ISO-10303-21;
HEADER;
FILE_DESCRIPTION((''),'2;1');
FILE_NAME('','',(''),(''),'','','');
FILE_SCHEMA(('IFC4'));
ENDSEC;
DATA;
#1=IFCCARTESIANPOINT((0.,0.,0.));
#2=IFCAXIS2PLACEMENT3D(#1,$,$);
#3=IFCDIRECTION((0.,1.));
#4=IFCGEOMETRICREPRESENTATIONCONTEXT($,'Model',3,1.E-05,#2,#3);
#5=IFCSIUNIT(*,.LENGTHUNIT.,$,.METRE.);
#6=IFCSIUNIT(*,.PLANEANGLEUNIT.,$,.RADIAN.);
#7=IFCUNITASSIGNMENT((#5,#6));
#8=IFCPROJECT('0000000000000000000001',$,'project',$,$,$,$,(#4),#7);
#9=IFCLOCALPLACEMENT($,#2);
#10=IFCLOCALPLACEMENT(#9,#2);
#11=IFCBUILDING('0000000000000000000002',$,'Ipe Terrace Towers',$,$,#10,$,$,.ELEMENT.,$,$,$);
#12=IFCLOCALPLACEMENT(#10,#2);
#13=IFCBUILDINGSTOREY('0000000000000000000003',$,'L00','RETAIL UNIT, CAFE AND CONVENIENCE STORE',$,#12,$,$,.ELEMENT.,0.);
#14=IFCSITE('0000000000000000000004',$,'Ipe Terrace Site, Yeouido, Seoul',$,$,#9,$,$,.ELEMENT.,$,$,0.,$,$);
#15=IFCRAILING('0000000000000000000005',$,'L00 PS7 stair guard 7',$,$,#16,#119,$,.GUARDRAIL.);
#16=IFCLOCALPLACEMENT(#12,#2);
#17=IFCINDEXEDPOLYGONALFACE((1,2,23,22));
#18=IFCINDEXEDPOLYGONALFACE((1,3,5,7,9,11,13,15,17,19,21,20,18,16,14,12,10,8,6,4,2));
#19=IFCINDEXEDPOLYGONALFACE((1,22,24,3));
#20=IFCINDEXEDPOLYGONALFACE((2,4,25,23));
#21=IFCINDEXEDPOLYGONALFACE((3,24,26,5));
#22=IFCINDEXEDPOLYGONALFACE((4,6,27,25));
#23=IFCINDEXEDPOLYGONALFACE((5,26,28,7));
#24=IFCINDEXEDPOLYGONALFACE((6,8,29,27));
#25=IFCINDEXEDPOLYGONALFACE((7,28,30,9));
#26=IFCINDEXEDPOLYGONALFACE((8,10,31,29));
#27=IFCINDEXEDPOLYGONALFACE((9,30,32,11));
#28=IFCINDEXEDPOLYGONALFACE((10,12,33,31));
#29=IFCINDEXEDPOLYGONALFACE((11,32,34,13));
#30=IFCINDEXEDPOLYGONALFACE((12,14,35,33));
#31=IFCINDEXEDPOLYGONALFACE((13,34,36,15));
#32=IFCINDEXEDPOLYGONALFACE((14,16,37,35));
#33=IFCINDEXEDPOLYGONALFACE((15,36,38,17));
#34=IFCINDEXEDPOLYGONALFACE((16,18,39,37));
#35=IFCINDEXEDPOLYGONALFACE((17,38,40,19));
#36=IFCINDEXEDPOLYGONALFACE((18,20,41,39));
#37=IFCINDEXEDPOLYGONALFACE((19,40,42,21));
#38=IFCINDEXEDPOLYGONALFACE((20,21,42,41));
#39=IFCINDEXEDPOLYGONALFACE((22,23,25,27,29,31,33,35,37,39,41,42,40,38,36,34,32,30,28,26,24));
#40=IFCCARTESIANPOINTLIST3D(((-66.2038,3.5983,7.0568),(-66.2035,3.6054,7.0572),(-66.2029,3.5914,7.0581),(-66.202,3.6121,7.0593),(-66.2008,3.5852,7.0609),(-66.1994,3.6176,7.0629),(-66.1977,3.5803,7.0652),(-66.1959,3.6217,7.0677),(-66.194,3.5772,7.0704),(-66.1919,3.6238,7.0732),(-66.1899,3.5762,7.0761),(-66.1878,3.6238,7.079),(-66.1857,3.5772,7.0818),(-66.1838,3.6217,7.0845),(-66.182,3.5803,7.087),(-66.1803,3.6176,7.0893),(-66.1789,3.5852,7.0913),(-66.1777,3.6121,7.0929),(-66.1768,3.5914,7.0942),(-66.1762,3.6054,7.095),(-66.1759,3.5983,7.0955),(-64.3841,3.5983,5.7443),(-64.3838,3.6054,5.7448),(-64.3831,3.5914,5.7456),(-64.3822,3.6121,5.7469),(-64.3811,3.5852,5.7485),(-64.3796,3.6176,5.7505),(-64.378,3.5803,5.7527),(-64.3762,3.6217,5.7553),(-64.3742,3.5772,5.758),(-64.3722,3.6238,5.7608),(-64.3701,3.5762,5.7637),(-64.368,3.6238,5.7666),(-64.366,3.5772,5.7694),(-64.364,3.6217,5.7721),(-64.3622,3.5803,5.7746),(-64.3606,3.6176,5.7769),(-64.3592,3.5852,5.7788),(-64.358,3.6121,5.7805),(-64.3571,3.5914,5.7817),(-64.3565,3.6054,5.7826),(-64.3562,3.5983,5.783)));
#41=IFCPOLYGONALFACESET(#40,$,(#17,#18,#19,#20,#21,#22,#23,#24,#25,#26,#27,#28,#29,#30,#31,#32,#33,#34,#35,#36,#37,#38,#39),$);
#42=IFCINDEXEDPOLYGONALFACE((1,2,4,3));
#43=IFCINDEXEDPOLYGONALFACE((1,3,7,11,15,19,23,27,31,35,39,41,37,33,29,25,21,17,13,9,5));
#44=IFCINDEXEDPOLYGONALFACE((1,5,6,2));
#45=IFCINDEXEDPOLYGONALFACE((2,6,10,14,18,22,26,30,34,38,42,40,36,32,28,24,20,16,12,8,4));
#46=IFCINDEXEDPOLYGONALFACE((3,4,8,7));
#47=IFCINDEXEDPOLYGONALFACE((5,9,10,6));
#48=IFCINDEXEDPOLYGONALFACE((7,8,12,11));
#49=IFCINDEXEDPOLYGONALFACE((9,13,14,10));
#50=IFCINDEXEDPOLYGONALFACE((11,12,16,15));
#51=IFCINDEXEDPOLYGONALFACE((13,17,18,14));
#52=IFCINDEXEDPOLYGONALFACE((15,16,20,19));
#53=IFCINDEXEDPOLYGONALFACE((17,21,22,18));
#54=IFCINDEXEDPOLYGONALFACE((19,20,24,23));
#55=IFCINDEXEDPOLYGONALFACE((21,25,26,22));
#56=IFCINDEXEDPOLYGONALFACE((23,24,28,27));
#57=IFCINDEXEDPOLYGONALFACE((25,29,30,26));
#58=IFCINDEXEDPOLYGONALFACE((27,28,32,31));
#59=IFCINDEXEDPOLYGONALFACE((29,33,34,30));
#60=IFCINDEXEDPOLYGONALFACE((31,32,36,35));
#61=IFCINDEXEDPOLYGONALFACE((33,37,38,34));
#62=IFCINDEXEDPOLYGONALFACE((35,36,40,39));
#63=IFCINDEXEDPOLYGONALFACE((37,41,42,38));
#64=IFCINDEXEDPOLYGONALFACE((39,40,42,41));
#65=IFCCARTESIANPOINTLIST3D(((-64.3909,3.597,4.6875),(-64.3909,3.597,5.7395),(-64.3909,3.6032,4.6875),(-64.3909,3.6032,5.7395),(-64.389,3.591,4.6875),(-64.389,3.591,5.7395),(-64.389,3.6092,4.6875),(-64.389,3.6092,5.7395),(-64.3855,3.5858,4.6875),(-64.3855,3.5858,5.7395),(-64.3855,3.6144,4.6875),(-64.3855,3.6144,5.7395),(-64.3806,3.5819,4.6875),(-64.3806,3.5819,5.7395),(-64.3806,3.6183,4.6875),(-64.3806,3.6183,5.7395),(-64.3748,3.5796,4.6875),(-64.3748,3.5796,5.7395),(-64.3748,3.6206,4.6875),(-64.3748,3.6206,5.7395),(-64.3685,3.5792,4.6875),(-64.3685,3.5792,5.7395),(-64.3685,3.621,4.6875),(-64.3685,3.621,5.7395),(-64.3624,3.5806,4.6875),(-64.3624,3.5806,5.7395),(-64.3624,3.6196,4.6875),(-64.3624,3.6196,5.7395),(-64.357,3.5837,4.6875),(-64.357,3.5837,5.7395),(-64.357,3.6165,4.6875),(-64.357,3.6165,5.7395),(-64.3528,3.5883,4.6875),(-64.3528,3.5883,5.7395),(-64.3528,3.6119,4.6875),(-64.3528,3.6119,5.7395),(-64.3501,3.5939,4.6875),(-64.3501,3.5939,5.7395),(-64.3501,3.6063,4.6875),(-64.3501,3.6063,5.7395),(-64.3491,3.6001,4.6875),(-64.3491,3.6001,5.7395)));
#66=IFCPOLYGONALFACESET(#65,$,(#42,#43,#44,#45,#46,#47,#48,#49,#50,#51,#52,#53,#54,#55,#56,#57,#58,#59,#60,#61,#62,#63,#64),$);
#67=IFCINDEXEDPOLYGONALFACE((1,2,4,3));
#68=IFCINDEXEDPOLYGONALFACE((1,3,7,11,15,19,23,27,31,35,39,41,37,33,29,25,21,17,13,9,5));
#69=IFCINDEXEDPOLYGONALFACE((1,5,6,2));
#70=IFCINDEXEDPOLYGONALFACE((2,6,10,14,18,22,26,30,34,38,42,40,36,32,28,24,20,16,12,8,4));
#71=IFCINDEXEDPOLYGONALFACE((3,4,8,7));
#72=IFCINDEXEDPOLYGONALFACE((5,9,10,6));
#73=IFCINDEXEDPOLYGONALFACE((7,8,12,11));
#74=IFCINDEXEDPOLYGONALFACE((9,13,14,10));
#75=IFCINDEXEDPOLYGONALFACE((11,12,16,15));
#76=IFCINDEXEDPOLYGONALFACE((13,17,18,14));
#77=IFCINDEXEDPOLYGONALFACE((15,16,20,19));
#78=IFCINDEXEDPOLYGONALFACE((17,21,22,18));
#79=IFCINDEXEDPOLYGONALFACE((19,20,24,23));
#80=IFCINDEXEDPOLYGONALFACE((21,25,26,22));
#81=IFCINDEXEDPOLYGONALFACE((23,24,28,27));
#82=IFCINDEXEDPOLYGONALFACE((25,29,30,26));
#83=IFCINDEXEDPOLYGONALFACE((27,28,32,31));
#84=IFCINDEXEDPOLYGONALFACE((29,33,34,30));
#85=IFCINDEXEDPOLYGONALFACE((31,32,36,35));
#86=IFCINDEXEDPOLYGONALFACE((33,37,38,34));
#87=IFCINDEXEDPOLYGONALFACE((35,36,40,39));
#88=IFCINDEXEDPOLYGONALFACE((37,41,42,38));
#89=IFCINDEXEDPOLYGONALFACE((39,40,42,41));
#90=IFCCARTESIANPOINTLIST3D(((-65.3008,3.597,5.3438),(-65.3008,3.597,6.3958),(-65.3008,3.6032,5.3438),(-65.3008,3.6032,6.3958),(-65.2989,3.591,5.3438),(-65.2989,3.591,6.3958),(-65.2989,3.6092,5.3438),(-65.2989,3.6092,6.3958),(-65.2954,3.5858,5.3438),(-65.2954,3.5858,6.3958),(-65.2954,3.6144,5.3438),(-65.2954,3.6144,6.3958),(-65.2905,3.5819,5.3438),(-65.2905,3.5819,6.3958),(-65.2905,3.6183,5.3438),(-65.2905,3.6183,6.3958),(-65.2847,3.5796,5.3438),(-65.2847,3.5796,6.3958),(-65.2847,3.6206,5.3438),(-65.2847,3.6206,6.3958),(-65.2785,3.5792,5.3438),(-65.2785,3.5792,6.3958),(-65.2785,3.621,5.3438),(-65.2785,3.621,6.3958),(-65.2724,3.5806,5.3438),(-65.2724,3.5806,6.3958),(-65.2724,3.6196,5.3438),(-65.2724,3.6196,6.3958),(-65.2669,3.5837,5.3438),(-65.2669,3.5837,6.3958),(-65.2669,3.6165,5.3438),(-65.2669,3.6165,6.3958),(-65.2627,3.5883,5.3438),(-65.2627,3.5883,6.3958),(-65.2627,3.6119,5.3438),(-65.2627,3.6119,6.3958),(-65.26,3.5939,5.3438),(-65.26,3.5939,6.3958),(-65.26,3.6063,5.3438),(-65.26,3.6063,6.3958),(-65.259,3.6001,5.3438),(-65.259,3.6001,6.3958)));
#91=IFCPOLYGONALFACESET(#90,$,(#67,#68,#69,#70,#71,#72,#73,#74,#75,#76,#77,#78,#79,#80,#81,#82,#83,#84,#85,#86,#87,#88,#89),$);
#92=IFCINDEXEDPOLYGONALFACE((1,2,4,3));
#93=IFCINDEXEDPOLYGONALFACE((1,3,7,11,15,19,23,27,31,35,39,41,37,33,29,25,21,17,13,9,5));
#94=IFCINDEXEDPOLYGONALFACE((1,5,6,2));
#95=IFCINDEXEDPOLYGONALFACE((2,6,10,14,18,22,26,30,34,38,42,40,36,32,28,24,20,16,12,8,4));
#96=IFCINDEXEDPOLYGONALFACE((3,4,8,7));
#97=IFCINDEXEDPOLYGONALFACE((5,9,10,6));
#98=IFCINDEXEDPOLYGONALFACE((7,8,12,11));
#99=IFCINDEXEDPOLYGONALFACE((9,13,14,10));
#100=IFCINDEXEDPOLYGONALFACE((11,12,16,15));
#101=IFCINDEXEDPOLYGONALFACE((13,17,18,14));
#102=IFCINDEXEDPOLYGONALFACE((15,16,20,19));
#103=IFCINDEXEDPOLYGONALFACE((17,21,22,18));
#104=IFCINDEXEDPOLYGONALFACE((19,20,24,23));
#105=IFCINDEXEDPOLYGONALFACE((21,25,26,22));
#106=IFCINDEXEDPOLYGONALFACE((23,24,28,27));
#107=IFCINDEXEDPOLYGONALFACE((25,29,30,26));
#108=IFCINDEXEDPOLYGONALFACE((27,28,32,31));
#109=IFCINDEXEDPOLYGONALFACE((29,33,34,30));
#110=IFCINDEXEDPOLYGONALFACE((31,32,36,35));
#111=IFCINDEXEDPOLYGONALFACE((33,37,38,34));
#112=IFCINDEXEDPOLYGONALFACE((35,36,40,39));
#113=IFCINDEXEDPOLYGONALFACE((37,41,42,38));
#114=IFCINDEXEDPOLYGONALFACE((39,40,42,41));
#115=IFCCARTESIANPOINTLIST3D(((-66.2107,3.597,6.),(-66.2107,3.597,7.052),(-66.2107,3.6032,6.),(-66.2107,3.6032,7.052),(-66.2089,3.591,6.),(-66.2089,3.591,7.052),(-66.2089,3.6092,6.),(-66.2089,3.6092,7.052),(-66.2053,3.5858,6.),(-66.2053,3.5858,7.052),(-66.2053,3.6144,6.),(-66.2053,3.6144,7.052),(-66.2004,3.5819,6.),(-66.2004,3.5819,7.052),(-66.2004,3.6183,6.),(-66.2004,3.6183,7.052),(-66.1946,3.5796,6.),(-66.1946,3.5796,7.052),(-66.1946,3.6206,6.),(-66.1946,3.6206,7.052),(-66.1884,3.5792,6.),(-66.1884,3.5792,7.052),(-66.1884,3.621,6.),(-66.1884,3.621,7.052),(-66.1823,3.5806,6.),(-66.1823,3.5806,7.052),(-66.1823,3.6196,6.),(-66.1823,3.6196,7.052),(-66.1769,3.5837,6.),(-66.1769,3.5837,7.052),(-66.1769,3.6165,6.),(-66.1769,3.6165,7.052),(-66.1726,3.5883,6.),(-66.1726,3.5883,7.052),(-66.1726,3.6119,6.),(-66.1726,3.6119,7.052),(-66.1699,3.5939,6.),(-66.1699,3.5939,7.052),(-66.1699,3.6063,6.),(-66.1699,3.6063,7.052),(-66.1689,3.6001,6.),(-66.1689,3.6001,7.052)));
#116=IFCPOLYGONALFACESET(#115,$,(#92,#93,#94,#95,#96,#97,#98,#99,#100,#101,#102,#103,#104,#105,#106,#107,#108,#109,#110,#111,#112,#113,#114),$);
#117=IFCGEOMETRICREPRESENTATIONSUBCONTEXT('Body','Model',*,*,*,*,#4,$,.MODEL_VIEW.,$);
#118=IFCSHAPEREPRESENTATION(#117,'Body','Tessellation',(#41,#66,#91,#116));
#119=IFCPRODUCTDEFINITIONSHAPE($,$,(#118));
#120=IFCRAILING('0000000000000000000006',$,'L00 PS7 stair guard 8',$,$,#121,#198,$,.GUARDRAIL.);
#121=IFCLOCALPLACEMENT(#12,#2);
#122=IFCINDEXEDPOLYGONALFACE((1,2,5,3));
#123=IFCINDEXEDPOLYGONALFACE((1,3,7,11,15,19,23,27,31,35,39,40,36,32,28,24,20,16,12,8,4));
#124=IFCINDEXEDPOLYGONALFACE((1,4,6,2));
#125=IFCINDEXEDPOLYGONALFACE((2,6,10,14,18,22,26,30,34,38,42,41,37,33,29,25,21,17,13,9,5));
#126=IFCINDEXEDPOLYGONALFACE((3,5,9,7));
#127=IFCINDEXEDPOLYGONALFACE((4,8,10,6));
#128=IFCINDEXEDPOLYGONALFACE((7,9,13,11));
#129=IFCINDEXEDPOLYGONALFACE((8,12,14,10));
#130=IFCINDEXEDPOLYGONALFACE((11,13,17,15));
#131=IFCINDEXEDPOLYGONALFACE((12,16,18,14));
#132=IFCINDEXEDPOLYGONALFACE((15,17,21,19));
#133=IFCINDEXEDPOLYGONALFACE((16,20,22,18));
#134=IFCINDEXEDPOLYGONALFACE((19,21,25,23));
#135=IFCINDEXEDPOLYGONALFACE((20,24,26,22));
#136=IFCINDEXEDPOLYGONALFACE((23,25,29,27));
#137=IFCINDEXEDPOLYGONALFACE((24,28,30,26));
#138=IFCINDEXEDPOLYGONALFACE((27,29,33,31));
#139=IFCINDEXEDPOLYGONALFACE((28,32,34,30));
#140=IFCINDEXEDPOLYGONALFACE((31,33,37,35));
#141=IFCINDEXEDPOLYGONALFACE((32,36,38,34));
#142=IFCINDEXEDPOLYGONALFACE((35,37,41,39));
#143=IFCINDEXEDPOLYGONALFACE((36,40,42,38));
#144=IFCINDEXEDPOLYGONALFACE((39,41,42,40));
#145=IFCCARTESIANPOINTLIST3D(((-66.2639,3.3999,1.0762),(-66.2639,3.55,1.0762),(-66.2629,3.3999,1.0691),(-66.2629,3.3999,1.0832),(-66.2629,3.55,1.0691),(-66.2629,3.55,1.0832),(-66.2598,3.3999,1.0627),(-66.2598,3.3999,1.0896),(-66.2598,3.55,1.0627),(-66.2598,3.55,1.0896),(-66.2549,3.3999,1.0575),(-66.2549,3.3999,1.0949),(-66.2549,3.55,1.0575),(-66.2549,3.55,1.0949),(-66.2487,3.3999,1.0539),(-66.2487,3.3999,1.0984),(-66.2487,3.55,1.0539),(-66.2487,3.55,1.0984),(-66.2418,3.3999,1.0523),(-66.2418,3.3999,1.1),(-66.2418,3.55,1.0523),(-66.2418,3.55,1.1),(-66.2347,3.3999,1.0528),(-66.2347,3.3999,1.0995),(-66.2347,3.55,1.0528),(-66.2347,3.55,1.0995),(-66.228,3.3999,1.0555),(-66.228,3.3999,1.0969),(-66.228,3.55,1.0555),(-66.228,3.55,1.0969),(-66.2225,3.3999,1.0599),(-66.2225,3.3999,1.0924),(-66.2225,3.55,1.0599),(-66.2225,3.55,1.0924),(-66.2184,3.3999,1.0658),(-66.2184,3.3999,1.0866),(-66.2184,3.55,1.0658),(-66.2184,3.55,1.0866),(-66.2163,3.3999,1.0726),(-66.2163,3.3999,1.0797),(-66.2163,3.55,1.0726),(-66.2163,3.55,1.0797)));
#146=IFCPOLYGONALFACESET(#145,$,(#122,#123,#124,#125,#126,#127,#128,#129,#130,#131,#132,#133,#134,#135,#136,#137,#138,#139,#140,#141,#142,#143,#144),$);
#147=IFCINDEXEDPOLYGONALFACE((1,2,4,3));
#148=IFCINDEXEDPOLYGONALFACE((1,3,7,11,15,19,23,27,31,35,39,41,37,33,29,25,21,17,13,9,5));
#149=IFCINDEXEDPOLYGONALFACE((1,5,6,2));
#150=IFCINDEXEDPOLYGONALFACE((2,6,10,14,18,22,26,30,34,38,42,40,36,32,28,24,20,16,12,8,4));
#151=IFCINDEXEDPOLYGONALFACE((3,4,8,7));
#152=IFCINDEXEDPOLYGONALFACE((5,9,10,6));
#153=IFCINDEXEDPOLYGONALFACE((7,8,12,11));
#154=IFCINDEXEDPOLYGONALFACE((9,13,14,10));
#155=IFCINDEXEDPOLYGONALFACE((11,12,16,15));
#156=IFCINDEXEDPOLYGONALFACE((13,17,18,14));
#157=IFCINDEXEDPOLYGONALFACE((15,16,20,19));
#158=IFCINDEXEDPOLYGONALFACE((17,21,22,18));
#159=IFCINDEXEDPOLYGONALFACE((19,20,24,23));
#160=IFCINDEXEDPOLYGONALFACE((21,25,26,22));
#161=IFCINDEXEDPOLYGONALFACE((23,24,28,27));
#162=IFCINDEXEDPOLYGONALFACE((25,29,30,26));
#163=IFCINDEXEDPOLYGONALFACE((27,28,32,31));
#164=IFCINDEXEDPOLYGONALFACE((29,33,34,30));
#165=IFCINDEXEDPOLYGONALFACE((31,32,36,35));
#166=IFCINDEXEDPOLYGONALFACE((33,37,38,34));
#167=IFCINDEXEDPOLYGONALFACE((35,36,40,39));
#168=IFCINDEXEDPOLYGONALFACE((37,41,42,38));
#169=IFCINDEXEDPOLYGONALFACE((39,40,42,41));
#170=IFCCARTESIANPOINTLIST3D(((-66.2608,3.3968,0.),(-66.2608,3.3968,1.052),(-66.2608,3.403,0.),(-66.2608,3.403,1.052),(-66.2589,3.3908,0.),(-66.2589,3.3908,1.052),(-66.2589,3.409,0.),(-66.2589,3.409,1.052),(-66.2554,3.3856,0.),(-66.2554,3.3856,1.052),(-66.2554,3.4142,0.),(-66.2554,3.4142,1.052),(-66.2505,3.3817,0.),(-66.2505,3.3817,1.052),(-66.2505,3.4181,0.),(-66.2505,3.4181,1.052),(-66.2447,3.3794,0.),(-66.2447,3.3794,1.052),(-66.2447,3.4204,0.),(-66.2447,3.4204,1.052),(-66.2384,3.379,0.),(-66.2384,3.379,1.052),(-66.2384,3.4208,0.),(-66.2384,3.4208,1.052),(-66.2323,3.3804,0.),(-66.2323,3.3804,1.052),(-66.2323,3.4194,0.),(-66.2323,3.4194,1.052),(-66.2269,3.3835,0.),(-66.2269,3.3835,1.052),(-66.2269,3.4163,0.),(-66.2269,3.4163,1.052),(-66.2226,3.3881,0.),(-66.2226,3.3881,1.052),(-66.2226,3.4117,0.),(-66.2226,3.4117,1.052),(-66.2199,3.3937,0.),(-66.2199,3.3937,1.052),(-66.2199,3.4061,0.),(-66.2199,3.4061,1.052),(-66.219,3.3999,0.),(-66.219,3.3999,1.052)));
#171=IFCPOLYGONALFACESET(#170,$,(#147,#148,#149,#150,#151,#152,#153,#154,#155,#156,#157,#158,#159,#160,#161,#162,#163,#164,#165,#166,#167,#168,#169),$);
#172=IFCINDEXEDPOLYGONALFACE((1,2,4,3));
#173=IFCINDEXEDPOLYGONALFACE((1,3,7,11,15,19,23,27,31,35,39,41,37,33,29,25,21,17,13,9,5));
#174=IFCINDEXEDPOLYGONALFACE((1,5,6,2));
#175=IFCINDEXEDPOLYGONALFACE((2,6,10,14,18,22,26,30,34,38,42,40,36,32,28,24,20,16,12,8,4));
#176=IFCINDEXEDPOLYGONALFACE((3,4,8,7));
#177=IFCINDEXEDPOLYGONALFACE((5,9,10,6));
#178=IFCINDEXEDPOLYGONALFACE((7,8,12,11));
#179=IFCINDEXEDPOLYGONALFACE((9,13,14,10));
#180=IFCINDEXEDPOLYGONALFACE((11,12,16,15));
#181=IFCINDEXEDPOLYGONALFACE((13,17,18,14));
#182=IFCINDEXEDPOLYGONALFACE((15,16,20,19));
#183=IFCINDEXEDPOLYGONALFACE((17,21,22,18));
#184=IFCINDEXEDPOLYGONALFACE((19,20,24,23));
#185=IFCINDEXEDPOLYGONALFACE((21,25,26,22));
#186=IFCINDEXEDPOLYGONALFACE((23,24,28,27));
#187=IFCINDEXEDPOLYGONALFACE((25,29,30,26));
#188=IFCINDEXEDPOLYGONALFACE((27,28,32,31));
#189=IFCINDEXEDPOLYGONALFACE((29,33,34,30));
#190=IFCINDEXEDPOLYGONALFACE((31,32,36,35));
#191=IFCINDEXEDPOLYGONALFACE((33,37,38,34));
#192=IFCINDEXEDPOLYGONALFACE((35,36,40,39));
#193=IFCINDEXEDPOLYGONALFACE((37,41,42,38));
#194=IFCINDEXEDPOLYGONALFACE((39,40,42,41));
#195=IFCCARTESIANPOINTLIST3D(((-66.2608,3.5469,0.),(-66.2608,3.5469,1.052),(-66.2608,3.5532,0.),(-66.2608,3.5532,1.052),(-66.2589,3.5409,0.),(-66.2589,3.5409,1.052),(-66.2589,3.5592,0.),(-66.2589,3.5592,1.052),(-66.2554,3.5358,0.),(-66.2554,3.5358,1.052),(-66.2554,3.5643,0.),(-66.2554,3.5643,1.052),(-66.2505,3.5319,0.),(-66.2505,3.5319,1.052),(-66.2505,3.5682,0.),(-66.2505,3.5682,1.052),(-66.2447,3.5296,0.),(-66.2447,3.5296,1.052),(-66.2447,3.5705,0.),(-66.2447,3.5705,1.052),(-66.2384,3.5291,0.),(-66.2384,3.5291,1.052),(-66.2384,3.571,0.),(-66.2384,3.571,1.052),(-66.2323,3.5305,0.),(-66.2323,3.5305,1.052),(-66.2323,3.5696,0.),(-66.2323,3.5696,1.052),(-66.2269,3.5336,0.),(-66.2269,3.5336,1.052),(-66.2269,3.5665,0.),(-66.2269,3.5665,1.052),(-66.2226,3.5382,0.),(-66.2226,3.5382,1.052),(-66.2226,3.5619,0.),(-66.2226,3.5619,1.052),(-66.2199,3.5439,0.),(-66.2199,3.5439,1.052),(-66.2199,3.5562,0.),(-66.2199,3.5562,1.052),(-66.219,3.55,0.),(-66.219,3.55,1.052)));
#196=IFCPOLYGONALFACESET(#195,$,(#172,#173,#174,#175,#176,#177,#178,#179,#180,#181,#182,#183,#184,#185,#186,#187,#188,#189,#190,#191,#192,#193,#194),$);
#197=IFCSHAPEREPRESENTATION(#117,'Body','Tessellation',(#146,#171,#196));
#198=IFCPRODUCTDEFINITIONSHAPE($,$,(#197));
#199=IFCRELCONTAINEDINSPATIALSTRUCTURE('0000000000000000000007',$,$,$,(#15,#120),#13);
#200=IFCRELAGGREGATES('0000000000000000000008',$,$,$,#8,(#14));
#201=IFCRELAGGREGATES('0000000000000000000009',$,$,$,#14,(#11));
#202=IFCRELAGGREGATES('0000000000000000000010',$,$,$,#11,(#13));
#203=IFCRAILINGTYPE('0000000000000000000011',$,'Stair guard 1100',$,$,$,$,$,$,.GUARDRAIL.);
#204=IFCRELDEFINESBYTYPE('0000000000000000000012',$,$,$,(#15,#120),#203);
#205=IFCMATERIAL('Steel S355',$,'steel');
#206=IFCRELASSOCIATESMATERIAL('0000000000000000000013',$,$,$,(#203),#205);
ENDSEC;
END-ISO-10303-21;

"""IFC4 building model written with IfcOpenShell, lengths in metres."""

from ifc_helpers import new_model, si_unit, direction, frame, origin, origin_2d, place, context, subcontext, project, spatial, circle, extrude, material, type_object, element, save


model = new_model("IFC4")

# Units and contexts
model_context = context("Model", 3, precision=1e-05, world=origin(), true_north=direction((0.0, 1.0)))
body_context = subcontext(model_context, "Body", "Model", "MODEL_VIEW")
ifc_project = project(units=[si_unit("LENGTHUNIT", "METRE"), si_unit("PLANEANGLEUNIT", "RADIAN")], contexts=[model_context])

# Site, building, storey
site_placement = place(None, origin())
site = spatial("IfcSite", under=ifc_project, at=site_placement, Name="Ipe Terrace Site, Yeouido, Seoul", CompositionType="ELEMENT", RefElevation=0.0)
building_placement = place(site_placement, origin())
building = spatial("IfcBuilding", under=site, at=building_placement, Name="Ipe Terrace Towers", CompositionType="ELEMENT")
storey_placement = place(building_placement, origin())
storey = spatial("IfcBuildingStorey", under=building, at=storey_placement, Name="L00", Description="RETAIL UNIT, CAFE AND CONVENIENCE STORE", CompositionType="ELEMENT", Elevation=0.0)

# Railings
ifc_material_1 = material(Name="Steel S355", Category="steel")
railing_type_1 = type_object("IfcRailingType", Name="Stair guard 1100", PredefinedType="GUARDRAIL", material=ifc_material_1)
railing_1_placement = place(storey_placement, frame((-64.3701, 3.6001, 4.6875)))
element("IfcRailing", 1, at=railing_1_placement, inside=storey, type_object=railing_type_1, Name="L00 PS7 stair guard 7", PredefinedType="GUARDRAIL", context=body_context, shape_type="SweptSolid", body=[
    extrude(circle(Radius=0.0239, at=origin_2d()), frame((0.0, 0.0, 1.0762), z_axis=(-0.811064, 0.0, 0.584958), x_axis=(0.0, -1.0, 0.0)), (0.0, 0.0, 1.0), 2.2437),
    extrude(circle(Radius=0.021, at=origin_2d()), origin(), (0.0, 0.0, 1.0), 1.052),
    extrude(circle(Radius=0.021, at=origin_2d()), frame((-0.9099, 0.0, 0.6562)), (0.0, 0.0, 1.0), 1.052),
    extrude(circle(Radius=0.021, at=origin_2d()), frame((-1.8198, 0.0, 1.3125)), (0.0, 0.0, 1.0), 1.052),
])
railing_2_placement = place(storey_placement, frame((-66.24, 3.3999, 0.0)))
element("IfcRailing", 2, at=railing_2_placement, inside=storey, type_object=railing_type_1, Name="L00 PS7 stair guard 8", PredefinedType="GUARDRAIL", context=body_context, shape_type="SweptSolid", body=[
    extrude(circle(Radius=0.0239, at=origin_2d()), frame((0.0, 0.0, 1.0762), z_axis=(0.0, 1.0, 0.0), x_axis=(-1.0, 0.0, 0.0)), (0.0, 0.0, 1.0), 0.1501),
    extrude(circle(Radius=0.021, at=origin_2d()), origin(), (0.0, 0.0, 1.0), 1.052),
    extrude(circle(Radius=0.021, at=origin_2d()), frame((0.0, 0.1501, 0.0)), (0.0, 0.0, 1.0), 1.052),
])

save(model, "model.ifc")
